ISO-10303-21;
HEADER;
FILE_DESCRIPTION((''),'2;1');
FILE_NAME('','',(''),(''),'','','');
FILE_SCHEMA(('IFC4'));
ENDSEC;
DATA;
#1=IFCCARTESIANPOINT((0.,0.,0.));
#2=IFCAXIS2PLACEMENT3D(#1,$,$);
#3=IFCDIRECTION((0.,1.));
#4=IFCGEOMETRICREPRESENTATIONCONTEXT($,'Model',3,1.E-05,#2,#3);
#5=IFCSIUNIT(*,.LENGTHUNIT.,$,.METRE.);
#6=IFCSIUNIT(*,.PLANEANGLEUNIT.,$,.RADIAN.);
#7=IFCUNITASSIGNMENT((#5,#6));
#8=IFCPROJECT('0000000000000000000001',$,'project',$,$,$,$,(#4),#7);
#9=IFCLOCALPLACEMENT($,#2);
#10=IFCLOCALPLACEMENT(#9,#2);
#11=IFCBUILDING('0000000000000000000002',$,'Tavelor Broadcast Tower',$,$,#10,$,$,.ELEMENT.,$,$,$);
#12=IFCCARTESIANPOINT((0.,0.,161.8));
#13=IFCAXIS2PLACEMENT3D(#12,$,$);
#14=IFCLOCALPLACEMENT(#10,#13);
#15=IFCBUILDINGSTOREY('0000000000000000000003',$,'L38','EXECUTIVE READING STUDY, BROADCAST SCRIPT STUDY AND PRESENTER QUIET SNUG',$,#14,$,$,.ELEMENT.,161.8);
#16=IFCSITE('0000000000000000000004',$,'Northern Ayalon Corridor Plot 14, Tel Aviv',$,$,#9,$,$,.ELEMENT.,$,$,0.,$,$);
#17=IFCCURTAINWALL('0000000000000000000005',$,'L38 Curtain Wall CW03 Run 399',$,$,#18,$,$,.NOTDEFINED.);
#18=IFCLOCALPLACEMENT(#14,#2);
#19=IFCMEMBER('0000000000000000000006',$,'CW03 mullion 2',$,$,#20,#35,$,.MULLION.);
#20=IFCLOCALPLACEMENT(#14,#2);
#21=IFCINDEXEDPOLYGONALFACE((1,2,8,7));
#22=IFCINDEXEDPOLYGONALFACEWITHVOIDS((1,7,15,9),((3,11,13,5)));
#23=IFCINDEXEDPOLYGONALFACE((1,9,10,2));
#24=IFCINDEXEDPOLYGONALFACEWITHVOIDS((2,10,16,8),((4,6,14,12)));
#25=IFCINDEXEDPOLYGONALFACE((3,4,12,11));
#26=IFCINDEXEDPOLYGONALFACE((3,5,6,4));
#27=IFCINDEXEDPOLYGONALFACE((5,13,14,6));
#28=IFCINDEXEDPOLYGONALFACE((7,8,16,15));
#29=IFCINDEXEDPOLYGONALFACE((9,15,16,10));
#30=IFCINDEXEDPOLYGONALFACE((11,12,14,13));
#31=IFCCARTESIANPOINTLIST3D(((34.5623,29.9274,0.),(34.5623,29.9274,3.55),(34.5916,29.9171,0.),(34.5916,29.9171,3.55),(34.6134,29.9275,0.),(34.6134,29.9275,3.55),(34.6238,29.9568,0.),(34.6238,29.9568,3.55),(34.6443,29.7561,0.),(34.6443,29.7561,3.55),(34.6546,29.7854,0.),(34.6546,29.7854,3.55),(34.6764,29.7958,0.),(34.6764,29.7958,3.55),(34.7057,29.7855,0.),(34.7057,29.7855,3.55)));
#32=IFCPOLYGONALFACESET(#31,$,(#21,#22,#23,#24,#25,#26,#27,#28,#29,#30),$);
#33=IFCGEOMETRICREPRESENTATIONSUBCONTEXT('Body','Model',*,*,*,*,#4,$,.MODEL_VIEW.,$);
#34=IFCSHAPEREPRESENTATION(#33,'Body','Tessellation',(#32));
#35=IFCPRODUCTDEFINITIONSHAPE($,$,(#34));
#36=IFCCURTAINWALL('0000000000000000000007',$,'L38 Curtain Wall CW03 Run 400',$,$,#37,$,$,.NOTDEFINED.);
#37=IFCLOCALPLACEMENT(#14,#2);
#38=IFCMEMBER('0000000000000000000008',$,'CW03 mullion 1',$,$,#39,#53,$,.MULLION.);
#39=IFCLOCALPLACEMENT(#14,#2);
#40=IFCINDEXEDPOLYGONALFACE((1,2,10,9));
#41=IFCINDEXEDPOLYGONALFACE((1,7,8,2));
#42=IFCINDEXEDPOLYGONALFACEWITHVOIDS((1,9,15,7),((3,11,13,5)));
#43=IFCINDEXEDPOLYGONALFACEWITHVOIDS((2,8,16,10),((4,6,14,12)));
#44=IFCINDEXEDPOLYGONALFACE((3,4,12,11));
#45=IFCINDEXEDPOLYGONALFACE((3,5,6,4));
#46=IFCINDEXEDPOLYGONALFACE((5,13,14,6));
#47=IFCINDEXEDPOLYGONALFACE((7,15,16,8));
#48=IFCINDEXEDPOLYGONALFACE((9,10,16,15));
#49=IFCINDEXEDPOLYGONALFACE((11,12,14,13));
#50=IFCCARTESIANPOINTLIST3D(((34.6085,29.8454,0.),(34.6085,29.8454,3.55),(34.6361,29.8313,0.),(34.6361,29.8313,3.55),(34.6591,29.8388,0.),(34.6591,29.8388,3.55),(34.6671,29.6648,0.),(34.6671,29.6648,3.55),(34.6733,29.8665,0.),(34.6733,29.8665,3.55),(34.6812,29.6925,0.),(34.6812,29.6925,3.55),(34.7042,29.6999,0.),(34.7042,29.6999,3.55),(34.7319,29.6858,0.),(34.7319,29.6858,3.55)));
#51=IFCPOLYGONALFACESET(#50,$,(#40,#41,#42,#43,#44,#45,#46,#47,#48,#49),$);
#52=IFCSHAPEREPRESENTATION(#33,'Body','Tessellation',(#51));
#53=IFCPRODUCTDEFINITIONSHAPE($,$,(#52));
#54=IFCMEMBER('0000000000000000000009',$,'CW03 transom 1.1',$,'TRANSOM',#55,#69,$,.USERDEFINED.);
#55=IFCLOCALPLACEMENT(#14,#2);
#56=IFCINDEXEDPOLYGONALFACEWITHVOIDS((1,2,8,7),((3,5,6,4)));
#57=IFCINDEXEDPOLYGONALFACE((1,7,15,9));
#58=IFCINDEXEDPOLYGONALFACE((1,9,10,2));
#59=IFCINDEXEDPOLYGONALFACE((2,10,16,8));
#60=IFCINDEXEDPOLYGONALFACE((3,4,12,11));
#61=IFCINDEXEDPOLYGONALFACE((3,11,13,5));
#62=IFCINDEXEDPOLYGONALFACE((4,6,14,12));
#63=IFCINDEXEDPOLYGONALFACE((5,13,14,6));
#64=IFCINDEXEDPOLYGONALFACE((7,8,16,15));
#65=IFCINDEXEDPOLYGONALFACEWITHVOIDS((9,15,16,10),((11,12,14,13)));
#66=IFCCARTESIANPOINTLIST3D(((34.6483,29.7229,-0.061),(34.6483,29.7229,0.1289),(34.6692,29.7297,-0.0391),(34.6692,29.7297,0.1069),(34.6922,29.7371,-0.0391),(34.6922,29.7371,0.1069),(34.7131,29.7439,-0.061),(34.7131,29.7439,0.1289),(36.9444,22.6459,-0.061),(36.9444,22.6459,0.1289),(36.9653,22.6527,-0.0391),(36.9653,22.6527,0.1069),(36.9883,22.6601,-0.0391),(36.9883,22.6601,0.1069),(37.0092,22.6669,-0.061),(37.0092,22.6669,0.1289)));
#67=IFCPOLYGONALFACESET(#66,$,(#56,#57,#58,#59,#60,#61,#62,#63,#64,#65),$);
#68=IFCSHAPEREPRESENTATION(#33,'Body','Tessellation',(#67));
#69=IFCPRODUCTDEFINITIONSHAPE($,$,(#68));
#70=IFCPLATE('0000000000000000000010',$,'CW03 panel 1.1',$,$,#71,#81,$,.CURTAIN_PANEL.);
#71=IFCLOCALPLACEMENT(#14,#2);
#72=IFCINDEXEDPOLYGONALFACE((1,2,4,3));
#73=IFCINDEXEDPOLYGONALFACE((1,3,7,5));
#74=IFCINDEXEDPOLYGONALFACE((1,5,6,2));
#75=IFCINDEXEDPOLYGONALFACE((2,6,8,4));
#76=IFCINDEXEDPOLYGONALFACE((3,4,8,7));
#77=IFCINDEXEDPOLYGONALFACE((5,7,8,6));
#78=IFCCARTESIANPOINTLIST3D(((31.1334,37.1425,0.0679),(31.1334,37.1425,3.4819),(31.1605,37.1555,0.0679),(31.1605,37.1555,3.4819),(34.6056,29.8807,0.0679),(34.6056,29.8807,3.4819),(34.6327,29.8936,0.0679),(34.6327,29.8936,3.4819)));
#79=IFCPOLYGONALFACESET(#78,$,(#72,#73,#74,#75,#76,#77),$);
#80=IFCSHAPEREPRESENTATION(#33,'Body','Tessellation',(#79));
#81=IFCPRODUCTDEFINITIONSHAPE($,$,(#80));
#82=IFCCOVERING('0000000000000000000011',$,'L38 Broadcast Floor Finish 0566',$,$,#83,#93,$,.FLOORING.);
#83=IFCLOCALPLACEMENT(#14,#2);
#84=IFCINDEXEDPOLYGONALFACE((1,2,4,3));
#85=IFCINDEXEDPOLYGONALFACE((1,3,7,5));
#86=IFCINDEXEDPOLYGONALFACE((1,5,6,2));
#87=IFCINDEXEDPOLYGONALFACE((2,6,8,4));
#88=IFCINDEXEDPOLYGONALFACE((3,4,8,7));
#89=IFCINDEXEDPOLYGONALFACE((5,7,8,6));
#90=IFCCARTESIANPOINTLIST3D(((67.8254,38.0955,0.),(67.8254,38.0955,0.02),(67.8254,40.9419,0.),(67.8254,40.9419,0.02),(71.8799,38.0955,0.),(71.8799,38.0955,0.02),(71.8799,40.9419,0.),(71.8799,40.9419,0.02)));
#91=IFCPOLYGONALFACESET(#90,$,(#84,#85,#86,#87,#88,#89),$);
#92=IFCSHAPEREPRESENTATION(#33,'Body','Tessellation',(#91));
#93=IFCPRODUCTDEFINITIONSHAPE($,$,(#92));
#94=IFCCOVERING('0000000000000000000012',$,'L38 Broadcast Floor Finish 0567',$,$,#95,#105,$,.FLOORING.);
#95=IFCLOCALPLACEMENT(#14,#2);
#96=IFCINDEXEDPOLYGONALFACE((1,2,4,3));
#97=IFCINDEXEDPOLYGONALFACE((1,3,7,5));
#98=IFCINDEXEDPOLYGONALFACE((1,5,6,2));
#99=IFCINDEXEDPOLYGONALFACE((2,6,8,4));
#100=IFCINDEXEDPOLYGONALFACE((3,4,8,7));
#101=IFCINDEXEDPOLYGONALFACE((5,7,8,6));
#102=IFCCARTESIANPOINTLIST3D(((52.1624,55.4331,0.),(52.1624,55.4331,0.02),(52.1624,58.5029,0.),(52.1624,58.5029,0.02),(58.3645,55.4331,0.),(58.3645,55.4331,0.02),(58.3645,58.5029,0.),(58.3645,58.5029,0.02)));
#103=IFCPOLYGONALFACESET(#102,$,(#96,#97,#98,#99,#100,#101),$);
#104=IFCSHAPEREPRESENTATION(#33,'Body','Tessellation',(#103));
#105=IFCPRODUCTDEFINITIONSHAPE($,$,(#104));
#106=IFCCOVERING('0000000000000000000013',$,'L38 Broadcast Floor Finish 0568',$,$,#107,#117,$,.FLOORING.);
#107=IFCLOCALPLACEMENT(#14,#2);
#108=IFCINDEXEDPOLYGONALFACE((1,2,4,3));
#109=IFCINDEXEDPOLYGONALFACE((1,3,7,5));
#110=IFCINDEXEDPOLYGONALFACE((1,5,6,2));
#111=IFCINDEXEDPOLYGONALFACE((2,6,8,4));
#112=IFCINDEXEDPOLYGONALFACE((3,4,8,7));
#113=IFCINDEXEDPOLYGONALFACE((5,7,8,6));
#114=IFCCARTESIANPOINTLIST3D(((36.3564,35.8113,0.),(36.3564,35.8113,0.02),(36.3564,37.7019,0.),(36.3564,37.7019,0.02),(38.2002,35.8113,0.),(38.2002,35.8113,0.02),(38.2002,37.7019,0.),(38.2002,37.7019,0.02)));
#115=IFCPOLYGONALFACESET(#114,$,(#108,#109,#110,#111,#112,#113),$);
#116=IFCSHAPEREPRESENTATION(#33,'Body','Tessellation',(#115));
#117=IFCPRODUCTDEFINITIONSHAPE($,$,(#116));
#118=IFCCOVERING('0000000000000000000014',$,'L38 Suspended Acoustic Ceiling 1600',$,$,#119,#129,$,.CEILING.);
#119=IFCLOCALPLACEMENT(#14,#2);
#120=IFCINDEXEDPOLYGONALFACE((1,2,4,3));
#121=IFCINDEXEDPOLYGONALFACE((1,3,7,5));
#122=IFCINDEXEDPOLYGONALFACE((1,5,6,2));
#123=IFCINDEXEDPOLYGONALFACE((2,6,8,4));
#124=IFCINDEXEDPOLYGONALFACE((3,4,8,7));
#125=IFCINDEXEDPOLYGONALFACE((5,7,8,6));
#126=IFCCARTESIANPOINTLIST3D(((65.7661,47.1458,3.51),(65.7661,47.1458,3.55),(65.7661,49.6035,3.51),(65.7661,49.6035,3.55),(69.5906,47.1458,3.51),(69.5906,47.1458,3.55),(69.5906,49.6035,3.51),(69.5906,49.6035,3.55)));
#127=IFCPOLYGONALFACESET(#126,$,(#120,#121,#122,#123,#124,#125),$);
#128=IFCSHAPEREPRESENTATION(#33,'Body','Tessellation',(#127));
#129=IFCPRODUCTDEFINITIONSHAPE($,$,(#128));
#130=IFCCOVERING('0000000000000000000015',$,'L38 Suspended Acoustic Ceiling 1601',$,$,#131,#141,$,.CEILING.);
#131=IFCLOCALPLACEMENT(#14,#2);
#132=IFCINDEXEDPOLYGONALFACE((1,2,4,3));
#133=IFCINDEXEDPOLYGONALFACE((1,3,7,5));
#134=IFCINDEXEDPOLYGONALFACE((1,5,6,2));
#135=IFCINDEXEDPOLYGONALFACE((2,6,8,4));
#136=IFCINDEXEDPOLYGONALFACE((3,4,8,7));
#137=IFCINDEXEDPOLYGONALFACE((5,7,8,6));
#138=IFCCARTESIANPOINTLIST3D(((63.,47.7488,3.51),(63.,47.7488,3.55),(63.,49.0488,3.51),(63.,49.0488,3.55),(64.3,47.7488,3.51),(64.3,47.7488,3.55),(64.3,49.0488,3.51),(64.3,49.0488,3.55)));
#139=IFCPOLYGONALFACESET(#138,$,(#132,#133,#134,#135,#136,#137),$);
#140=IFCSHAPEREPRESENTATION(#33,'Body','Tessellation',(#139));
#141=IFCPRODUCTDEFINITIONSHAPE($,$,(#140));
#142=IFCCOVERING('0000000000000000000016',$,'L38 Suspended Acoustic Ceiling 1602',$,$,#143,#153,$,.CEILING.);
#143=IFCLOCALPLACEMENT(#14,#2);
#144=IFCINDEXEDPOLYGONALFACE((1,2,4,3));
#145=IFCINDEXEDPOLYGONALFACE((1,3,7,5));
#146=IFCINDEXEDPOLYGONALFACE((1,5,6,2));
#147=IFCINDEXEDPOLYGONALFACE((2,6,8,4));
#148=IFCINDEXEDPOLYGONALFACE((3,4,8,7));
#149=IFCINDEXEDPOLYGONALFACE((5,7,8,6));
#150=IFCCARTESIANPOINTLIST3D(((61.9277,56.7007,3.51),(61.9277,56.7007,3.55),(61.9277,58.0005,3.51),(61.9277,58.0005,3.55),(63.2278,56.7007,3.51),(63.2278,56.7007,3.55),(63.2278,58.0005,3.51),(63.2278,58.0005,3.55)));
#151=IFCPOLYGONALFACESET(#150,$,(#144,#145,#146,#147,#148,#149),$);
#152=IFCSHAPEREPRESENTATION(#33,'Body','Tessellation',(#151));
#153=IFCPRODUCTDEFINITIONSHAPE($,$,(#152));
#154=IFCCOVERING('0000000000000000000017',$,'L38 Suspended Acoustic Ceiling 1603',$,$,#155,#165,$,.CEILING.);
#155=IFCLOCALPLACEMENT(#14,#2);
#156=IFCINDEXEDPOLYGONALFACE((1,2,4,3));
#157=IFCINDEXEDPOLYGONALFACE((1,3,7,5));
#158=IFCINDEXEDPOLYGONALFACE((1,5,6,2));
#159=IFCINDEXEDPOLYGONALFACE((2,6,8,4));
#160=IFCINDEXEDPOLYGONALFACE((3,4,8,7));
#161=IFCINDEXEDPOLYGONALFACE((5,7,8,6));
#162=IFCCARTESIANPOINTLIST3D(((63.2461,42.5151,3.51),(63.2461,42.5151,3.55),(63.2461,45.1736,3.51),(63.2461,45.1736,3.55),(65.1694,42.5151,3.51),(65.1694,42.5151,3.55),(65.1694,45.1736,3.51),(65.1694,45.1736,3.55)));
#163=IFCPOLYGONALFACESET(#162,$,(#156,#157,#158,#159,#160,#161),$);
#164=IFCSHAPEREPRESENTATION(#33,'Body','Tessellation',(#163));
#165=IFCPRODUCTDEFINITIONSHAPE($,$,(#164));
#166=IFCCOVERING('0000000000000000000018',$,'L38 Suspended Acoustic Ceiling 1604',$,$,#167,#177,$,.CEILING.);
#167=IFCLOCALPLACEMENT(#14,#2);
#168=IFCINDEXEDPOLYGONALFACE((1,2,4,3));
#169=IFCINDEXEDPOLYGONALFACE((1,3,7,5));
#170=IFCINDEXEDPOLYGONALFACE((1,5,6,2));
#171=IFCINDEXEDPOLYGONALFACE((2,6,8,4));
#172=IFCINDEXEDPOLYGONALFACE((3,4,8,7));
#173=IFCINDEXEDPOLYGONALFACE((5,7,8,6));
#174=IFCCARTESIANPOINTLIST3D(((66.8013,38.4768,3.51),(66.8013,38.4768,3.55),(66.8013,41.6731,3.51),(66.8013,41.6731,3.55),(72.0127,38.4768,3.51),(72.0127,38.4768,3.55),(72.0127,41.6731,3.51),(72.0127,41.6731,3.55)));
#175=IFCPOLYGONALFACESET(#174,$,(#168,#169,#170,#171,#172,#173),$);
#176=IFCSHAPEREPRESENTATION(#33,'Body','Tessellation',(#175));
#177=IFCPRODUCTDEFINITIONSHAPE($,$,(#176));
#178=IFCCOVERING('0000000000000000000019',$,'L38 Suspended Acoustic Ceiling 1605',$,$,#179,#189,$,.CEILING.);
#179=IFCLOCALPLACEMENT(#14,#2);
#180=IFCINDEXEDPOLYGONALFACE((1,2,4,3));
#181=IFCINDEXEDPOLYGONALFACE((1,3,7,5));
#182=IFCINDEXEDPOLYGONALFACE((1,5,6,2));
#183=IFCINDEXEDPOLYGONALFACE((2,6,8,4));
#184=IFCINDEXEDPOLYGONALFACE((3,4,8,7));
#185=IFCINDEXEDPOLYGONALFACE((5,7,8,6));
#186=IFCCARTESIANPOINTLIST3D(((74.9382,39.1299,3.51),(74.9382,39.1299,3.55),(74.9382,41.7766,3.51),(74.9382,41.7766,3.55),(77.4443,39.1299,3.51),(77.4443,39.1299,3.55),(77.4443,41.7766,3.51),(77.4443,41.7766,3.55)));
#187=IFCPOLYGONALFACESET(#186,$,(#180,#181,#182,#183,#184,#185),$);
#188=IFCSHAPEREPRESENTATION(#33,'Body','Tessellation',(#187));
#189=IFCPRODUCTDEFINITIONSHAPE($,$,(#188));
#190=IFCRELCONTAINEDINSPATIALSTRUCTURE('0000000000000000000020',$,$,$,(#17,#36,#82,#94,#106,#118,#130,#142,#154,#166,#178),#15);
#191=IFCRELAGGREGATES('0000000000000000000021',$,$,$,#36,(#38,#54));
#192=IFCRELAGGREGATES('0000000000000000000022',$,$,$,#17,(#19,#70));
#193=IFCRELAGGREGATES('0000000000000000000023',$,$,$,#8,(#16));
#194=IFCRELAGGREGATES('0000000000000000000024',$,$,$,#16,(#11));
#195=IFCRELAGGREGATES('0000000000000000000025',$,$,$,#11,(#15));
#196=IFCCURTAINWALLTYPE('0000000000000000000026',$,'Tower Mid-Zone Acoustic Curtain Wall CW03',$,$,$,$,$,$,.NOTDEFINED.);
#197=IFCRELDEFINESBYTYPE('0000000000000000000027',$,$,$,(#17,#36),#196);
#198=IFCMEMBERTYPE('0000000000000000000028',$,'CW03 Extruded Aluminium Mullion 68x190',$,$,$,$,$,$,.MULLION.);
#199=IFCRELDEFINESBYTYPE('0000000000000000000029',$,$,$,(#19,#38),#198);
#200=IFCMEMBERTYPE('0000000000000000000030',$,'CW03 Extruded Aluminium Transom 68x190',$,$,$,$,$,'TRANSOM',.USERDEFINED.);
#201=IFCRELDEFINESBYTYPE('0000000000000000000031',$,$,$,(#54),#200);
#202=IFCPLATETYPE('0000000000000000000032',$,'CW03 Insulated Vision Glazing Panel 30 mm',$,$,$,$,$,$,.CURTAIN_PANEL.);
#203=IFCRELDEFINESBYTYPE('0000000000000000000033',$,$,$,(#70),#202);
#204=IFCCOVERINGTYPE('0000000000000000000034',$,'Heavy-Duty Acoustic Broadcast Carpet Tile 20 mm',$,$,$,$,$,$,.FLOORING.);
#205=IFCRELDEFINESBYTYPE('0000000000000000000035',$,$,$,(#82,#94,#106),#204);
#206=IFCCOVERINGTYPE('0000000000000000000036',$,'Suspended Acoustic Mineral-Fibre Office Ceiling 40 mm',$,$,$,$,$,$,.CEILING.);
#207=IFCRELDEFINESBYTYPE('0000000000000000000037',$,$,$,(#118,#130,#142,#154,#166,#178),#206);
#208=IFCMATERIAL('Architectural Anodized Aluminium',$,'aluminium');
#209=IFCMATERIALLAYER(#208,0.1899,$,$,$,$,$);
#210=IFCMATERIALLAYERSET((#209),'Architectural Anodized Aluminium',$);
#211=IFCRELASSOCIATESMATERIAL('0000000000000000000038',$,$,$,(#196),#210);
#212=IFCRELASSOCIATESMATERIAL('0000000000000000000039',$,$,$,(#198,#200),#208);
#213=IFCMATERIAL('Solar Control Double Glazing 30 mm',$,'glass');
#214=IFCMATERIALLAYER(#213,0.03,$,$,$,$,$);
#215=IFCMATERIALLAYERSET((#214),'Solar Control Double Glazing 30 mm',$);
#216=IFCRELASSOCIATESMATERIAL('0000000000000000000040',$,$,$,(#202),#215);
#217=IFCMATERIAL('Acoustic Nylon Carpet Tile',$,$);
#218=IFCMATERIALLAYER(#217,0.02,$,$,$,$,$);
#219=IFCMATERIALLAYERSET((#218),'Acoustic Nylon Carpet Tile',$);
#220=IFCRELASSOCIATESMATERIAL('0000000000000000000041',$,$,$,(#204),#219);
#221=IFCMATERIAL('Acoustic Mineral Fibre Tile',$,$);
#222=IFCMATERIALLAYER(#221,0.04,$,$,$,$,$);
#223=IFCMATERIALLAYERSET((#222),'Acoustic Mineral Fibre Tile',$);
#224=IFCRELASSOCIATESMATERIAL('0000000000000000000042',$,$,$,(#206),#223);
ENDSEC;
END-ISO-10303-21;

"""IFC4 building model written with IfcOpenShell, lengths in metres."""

from ifc_helpers import new_model, si_unit, direction, frame, origin, origin_2d, place, context, subcontext, project, spatial, polyline, rectangle, hollow_rectangle, outline, extrude, source, transform, mapped, material, layer, layer_set, material_profile, profile_set, type_object, type_shapes, element, aggregate, save


model = new_model("IFC4")

# Units and contexts
model_context = context("Model", 3, precision=1e-05, world=origin(), true_north=direction((0.0, 1.0)))
body_context = subcontext(model_context, "Body", "Model", "MODEL_VIEW")
ifc_project = project(units=[si_unit("LENGTHUNIT", "METRE"), si_unit("PLANEANGLEUNIT", "RADIAN")], contexts=[model_context])

# Site, building, storey
site_placement = place(None, origin())
site = spatial("IfcSite", under=ifc_project, at=site_placement, Name="Northern Ayalon Corridor Plot 14, Tel Aviv", CompositionType="ELEMENT", RefElevation=0.0)
building_placement = place(site_placement, origin())
building = spatial("IfcBuilding", under=site, at=building_placement, Name="Tavelor Broadcast Tower", CompositionType="ELEMENT")
storey_placement = place(building_placement, frame((0.0, 0.0, 161.8)))
storey = spatial("IfcBuildingStorey", under=building, at=storey_placement, Name="L38", Description="EXECUTIVE READING STUDY, BROADCAST SCRIPT STUDY AND PRESENTER QUIET SNUG", CompositionType="ELEMENT", Elevation=161.8)

# Curtain wall, member
ifc_material_1 = material(Name="Architectural Anodized Aluminium", Category="aluminium")
ifc_layer_1 = layer(ifc_material_1, 0.1899)
ifc_layer_set_1 = layer_set([ifc_layer_1], Name="Architectural Anodized Aluminium")
curtain_wall_type = type_object("IfcCurtainWallType", Name="Tower Mid-Zone Acoustic Curtain Wall CW03", PredefinedType="NOTDEFINED", material=ifc_layer_set_1)
curtain_wall_1_placement = place(storey_placement, origin())
curtain_wall_1 = element("IfcCurtainWall", 1, at=curtain_wall_1_placement, inside=storey, type_object=curtain_wall_type, Name="L38 Curtain Wall CW03 Run 399", PredefinedType="NOTDEFINED")
ifc_material_profile_1 = material_profile(ifc_material_1, hollow_rectangle(XDim=0.0681, YDim=0.1899, WallThickness=0.022, at=origin_2d()), Name="RHS 68x190x22")
ifc_profile_set_1 = profile_set([ifc_material_profile_1], Name="Architectural Anodized Aluminium")
member_type_1 = type_object("IfcMemberType", Name="CW03 Extruded Aluminium Mullion 68x190", PredefinedType="MULLION", material=ifc_profile_set_1)
shared_shape_1 = source(origin(), body_context, "Body", "SweptSolid", [
    extrude(hollow_rectangle(XDim=0.0681, YDim=0.1899, WallThickness=0.022, at=origin_2d()), origin(), (0.0, 0.0, 1.0), 3.55),
])
type_shapes(member_type_1, [shared_shape_1])
member_1_placement = place(storey_placement, frame((34.634, 29.8564, 0.0), z_axis=(0.0, 0.0, 1.0), x_axis=(0.902173, 0.431374, 0.0)))
member_1 = element("IfcMember", 2, at=member_1_placement, type_object=member_type_1, Name="CW03 mullion 2", PredefinedType="MULLION", context=body_context, shape_type="MappedRepresentation", body=[
    mapped(shared_shape_1, transform((0.0, 0.0, 0.0), scale=1.0)),
])

# Curtain wall, members
curtain_wall_2_placement = place(storey_placement, origin())
curtain_wall_2 = element("IfcCurtainWall", 3, at=curtain_wall_2_placement, inside=storey, type_object=curtain_wall_type, Name="L38 Curtain Wall CW03 Run 400", PredefinedType="NOTDEFINED")
member_2_placement = place(storey_placement, frame((34.6702, 29.7656, 0.0), z_axis=(0.0, 0.0, 1.0), x_axis=(0.951182, 0.308631, 0.0)))
member_2 = element("IfcMember", 4, at=member_2_placement, type_object=member_type_1, Name="CW03 mullion 1", PredefinedType="MULLION", context=body_context, shape_type="MappedRepresentation", body=[
    mapped(shared_shape_1, transform((0.0, 0.0, 0.0), scale=1.0)),
])
ifc_material_profile_2 = material_profile(ifc_material_1, hollow_rectangle(XDim=0.0681, YDim=0.1899, WallThickness=0.022, at=origin_2d()), Name="RHS 68x190x22")
ifc_profile_set_2 = profile_set([ifc_material_profile_2], Name="Architectural Anodized Aluminium")
member_type_2 = type_object("IfcMemberType", Name="CW03 Extruded Aluminium Transom 68x190", ElementType="TRANSOM", PredefinedType="USERDEFINED", material=ifc_profile_set_2)
shared_shape_2 = source(origin(), body_context, "Body", "SweptSolid", [
    extrude(hollow_rectangle(XDim=0.0681, YDim=0.1899, WallThickness=0.022, at=origin_2d()), origin(), (0.0, 0.0, 1.0), 7.4402),
])
type_shapes(member_type_2, [shared_shape_2])
member_3_placement = place(storey_placement, frame((34.6807, 29.7334, 0.0339), z_axis=(0.308618, -0.951186, 0.0), x_axis=(0.951186, 0.308618, 0.0)))
member_3 = element("IfcMember", 5, at=member_3_placement, type_object=member_type_2, Name="CW03 transom 1.1", ObjectType="TRANSOM", PredefinedType="USERDEFINED", context=body_context, shape_type="MappedRepresentation", body=[
    mapped(shared_shape_2, transform((0.0, 0.0, 0.0), scale=1.0)),
])
aggregate(curtain_wall_2, [member_2, member_3])

# Plate
ifc_material_2 = material(Name="Solar Control Double Glazing 30 mm", Category="glass")
ifc_layer_2 = layer(ifc_material_2, 0.03)
ifc_layer_set_2 = layer_set([ifc_layer_2], Name="Solar Control Double Glazing 30 mm")
plate_type = type_object("IfcPlateType", Name="CW03 Insulated Vision Glazing Panel 30 mm", PredefinedType="CURTAIN_PANEL", material=ifc_layer_set_2)
shared_shape_3 = source(origin(), body_context, "Body", "SweptSolid", [
    extrude(rectangle(XDim=8.0493, YDim=0.03, at=origin_2d()), origin(), (0.0, 0.0, 1.0), 3.4141),
])
type_shapes(plate_type, [shared_shape_3])
plate_placement = place(storey_placement, frame((32.8831, 33.5181, 0.0679), z_axis=(0.0, 0.0, 1.0), x_axis=(0.431374, -0.902173, 0.0)))
plate = element("IfcPlate", 6, at=plate_placement, type_object=plate_type, Name="CW03 panel 1.1", PredefinedType="CURTAIN_PANEL", context=body_context, shape_type="MappedRepresentation", body=[
    mapped(shared_shape_3, transform((0.0, 0.0, 0.0), scale=1.0)),
])
aggregate(curtain_wall_1, [member_1, plate])

# Coverings
ifc_material_3 = material(Name="Acoustic Nylon Carpet Tile")
ifc_layer_3 = layer(ifc_material_3, 0.02)
ifc_layer_set_3 = layer_set([ifc_layer_3], Name="Acoustic Nylon Carpet Tile")
covering_type_1 = type_object("IfcCoveringType", Name="Heavy-Duty Acoustic Broadcast Carpet Tile 20 mm", PredefinedType="FLOORING", material=ifc_layer_set_3)
covering_1_placement = place(storey_placement, origin())
element("IfcCovering", 7, at=covering_1_placement, inside=storey, type_object=covering_type_1, Name="L38 Broadcast Floor Finish 0566", PredefinedType="FLOORING", context=body_context, shape_type="SweptSolid", body=[
    extrude(outline(polyline([(67.8254, 38.0955), (71.8799, 38.0955), (71.8799, 40.9419), (67.8254, 40.9419), (67.8254, 38.0955)])), origin(), (0.0, 0.0, 1.0), 0.02),
])
covering_2_placement = place(storey_placement, origin())
element("IfcCovering", 8, at=covering_2_placement, inside=storey, type_object=covering_type_1, Name="L38 Broadcast Floor Finish 0567", PredefinedType="FLOORING", context=body_context, shape_type="SweptSolid", body=[
    extrude(outline(polyline([(52.1624, 55.4331), (58.3645, 55.4331), (58.3645, 58.5029), (52.1624, 58.5029), (52.1624, 55.4331)])), origin(), (0.0, 0.0, 1.0), 0.02),
])
covering_3_placement = place(storey_placement, origin())
element("IfcCovering", 9, at=covering_3_placement, inside=storey, type_object=covering_type_1, Name="L38 Broadcast Floor Finish 0568", PredefinedType="FLOORING", context=body_context, shape_type="SweptSolid", body=[
    extrude(outline(polyline([(36.3564, 35.8113), (38.2002, 35.8113), (38.2002, 37.7019), (36.3564, 37.7019), (36.3564, 35.8113)])), origin(), (0.0, 0.0, 1.0), 0.02),
])
ifc_material_4 = material(Name="Acoustic Mineral Fibre Tile")
ifc_layer_4 = layer(ifc_material_4, 0.04)
ifc_layer_set_4 = layer_set([ifc_layer_4], Name="Acoustic Mineral Fibre Tile")
covering_type_2 = type_object("IfcCoveringType", Name="Suspended Acoustic Mineral-Fibre Office Ceiling 40 mm", PredefinedType="CEILING", material=ifc_layer_set_4)
covering_4_placement = place(storey_placement, frame((0.0, 0.0, 3.51)))
element("IfcCovering", 10, at=covering_4_placement, inside=storey, type_object=covering_type_2, Name="L38 Suspended Acoustic Ceiling 1600", PredefinedType="CEILING", context=body_context, shape_type="SweptSolid", body=[
    extrude(outline(polyline([(65.7661, 47.1458), (69.5906, 47.1458), (69.5906, 49.6035), (65.7661, 49.6035), (65.7661, 47.1458)])), origin(), (0.0, 0.0, 1.0), 0.04),
])
covering_5_placement = place(storey_placement, frame((0.0, 0.0, 3.51)))
element("IfcCovering", 11, at=covering_5_placement, inside=storey, type_object=covering_type_2, Name="L38 Suspended Acoustic Ceiling 1601", PredefinedType="CEILING", context=body_context, shape_type="SweptSolid", body=[
    extrude(outline(polyline([(63.0, 47.7488), (64.3, 47.7488), (64.3, 49.0488), (63.0, 49.0488), (63.0, 47.7488)])), origin(), (0.0, 0.0, 1.0), 0.04),
])
covering_6_placement = place(storey_placement, frame((0.0, 0.0, 3.51)))
element("IfcCovering", 12, at=covering_6_placement, inside=storey, type_object=covering_type_2, Name="L38 Suspended Acoustic Ceiling 1602", PredefinedType="CEILING", context=body_context, shape_type="SweptSolid", body=[
    extrude(outline(polyline([(61.9277, 56.7007), (63.2278, 56.7007), (63.2278, 58.0005), (61.9277, 58.0005), (61.9277, 56.7007)])), origin(), (0.0, 0.0, 1.0), 0.04),
])
covering_7_placement = place(storey_placement, frame((0.0, 0.0, 3.51)))
element("IfcCovering", 13, at=covering_7_placement, inside=storey, type_object=covering_type_2, Name="L38 Suspended Acoustic Ceiling 1603", PredefinedType="CEILING", context=body_context, shape_type="SweptSolid", body=[
    extrude(outline(polyline([(63.2461, 42.5151), (65.1694, 42.5151), (65.1694, 45.1736), (63.2461, 45.1736), (63.2461, 42.5151)])), origin(), (0.0, 0.0, 1.0), 0.04),
])
covering_8_placement = place(storey_placement, frame((0.0, 0.0, 3.51)))
element("IfcCovering", 14, at=covering_8_placement, inside=storey, type_object=covering_type_2, Name="L38 Suspended Acoustic Ceiling 1604", PredefinedType="CEILING", context=body_context, shape_type="SweptSolid", body=[
    extrude(outline(polyline([(66.8013, 38.4768), (72.0127, 38.4768), (72.0127, 41.6731), (66.8013, 41.6731), (66.8013, 38.4768)])), origin(), (0.0, 0.0, 1.0), 0.04),
])
covering_9_placement = place(storey_placement, frame((0.0, 0.0, 3.51)))
element("IfcCovering", 15, at=covering_9_placement, inside=storey, type_object=covering_type_2, Name="L38 Suspended Acoustic Ceiling 1605", PredefinedType="CEILING", context=body_context, shape_type="SweptSolid", body=[
    extrude(outline(polyline([(74.9382, 39.1299), (77.4443, 39.1299), (77.4443, 41.7766), (74.9382, 41.7766), (74.9382, 39.1299)])), origin(), (0.0, 0.0, 1.0), 0.04),
])

save(model, "model.ifc")
